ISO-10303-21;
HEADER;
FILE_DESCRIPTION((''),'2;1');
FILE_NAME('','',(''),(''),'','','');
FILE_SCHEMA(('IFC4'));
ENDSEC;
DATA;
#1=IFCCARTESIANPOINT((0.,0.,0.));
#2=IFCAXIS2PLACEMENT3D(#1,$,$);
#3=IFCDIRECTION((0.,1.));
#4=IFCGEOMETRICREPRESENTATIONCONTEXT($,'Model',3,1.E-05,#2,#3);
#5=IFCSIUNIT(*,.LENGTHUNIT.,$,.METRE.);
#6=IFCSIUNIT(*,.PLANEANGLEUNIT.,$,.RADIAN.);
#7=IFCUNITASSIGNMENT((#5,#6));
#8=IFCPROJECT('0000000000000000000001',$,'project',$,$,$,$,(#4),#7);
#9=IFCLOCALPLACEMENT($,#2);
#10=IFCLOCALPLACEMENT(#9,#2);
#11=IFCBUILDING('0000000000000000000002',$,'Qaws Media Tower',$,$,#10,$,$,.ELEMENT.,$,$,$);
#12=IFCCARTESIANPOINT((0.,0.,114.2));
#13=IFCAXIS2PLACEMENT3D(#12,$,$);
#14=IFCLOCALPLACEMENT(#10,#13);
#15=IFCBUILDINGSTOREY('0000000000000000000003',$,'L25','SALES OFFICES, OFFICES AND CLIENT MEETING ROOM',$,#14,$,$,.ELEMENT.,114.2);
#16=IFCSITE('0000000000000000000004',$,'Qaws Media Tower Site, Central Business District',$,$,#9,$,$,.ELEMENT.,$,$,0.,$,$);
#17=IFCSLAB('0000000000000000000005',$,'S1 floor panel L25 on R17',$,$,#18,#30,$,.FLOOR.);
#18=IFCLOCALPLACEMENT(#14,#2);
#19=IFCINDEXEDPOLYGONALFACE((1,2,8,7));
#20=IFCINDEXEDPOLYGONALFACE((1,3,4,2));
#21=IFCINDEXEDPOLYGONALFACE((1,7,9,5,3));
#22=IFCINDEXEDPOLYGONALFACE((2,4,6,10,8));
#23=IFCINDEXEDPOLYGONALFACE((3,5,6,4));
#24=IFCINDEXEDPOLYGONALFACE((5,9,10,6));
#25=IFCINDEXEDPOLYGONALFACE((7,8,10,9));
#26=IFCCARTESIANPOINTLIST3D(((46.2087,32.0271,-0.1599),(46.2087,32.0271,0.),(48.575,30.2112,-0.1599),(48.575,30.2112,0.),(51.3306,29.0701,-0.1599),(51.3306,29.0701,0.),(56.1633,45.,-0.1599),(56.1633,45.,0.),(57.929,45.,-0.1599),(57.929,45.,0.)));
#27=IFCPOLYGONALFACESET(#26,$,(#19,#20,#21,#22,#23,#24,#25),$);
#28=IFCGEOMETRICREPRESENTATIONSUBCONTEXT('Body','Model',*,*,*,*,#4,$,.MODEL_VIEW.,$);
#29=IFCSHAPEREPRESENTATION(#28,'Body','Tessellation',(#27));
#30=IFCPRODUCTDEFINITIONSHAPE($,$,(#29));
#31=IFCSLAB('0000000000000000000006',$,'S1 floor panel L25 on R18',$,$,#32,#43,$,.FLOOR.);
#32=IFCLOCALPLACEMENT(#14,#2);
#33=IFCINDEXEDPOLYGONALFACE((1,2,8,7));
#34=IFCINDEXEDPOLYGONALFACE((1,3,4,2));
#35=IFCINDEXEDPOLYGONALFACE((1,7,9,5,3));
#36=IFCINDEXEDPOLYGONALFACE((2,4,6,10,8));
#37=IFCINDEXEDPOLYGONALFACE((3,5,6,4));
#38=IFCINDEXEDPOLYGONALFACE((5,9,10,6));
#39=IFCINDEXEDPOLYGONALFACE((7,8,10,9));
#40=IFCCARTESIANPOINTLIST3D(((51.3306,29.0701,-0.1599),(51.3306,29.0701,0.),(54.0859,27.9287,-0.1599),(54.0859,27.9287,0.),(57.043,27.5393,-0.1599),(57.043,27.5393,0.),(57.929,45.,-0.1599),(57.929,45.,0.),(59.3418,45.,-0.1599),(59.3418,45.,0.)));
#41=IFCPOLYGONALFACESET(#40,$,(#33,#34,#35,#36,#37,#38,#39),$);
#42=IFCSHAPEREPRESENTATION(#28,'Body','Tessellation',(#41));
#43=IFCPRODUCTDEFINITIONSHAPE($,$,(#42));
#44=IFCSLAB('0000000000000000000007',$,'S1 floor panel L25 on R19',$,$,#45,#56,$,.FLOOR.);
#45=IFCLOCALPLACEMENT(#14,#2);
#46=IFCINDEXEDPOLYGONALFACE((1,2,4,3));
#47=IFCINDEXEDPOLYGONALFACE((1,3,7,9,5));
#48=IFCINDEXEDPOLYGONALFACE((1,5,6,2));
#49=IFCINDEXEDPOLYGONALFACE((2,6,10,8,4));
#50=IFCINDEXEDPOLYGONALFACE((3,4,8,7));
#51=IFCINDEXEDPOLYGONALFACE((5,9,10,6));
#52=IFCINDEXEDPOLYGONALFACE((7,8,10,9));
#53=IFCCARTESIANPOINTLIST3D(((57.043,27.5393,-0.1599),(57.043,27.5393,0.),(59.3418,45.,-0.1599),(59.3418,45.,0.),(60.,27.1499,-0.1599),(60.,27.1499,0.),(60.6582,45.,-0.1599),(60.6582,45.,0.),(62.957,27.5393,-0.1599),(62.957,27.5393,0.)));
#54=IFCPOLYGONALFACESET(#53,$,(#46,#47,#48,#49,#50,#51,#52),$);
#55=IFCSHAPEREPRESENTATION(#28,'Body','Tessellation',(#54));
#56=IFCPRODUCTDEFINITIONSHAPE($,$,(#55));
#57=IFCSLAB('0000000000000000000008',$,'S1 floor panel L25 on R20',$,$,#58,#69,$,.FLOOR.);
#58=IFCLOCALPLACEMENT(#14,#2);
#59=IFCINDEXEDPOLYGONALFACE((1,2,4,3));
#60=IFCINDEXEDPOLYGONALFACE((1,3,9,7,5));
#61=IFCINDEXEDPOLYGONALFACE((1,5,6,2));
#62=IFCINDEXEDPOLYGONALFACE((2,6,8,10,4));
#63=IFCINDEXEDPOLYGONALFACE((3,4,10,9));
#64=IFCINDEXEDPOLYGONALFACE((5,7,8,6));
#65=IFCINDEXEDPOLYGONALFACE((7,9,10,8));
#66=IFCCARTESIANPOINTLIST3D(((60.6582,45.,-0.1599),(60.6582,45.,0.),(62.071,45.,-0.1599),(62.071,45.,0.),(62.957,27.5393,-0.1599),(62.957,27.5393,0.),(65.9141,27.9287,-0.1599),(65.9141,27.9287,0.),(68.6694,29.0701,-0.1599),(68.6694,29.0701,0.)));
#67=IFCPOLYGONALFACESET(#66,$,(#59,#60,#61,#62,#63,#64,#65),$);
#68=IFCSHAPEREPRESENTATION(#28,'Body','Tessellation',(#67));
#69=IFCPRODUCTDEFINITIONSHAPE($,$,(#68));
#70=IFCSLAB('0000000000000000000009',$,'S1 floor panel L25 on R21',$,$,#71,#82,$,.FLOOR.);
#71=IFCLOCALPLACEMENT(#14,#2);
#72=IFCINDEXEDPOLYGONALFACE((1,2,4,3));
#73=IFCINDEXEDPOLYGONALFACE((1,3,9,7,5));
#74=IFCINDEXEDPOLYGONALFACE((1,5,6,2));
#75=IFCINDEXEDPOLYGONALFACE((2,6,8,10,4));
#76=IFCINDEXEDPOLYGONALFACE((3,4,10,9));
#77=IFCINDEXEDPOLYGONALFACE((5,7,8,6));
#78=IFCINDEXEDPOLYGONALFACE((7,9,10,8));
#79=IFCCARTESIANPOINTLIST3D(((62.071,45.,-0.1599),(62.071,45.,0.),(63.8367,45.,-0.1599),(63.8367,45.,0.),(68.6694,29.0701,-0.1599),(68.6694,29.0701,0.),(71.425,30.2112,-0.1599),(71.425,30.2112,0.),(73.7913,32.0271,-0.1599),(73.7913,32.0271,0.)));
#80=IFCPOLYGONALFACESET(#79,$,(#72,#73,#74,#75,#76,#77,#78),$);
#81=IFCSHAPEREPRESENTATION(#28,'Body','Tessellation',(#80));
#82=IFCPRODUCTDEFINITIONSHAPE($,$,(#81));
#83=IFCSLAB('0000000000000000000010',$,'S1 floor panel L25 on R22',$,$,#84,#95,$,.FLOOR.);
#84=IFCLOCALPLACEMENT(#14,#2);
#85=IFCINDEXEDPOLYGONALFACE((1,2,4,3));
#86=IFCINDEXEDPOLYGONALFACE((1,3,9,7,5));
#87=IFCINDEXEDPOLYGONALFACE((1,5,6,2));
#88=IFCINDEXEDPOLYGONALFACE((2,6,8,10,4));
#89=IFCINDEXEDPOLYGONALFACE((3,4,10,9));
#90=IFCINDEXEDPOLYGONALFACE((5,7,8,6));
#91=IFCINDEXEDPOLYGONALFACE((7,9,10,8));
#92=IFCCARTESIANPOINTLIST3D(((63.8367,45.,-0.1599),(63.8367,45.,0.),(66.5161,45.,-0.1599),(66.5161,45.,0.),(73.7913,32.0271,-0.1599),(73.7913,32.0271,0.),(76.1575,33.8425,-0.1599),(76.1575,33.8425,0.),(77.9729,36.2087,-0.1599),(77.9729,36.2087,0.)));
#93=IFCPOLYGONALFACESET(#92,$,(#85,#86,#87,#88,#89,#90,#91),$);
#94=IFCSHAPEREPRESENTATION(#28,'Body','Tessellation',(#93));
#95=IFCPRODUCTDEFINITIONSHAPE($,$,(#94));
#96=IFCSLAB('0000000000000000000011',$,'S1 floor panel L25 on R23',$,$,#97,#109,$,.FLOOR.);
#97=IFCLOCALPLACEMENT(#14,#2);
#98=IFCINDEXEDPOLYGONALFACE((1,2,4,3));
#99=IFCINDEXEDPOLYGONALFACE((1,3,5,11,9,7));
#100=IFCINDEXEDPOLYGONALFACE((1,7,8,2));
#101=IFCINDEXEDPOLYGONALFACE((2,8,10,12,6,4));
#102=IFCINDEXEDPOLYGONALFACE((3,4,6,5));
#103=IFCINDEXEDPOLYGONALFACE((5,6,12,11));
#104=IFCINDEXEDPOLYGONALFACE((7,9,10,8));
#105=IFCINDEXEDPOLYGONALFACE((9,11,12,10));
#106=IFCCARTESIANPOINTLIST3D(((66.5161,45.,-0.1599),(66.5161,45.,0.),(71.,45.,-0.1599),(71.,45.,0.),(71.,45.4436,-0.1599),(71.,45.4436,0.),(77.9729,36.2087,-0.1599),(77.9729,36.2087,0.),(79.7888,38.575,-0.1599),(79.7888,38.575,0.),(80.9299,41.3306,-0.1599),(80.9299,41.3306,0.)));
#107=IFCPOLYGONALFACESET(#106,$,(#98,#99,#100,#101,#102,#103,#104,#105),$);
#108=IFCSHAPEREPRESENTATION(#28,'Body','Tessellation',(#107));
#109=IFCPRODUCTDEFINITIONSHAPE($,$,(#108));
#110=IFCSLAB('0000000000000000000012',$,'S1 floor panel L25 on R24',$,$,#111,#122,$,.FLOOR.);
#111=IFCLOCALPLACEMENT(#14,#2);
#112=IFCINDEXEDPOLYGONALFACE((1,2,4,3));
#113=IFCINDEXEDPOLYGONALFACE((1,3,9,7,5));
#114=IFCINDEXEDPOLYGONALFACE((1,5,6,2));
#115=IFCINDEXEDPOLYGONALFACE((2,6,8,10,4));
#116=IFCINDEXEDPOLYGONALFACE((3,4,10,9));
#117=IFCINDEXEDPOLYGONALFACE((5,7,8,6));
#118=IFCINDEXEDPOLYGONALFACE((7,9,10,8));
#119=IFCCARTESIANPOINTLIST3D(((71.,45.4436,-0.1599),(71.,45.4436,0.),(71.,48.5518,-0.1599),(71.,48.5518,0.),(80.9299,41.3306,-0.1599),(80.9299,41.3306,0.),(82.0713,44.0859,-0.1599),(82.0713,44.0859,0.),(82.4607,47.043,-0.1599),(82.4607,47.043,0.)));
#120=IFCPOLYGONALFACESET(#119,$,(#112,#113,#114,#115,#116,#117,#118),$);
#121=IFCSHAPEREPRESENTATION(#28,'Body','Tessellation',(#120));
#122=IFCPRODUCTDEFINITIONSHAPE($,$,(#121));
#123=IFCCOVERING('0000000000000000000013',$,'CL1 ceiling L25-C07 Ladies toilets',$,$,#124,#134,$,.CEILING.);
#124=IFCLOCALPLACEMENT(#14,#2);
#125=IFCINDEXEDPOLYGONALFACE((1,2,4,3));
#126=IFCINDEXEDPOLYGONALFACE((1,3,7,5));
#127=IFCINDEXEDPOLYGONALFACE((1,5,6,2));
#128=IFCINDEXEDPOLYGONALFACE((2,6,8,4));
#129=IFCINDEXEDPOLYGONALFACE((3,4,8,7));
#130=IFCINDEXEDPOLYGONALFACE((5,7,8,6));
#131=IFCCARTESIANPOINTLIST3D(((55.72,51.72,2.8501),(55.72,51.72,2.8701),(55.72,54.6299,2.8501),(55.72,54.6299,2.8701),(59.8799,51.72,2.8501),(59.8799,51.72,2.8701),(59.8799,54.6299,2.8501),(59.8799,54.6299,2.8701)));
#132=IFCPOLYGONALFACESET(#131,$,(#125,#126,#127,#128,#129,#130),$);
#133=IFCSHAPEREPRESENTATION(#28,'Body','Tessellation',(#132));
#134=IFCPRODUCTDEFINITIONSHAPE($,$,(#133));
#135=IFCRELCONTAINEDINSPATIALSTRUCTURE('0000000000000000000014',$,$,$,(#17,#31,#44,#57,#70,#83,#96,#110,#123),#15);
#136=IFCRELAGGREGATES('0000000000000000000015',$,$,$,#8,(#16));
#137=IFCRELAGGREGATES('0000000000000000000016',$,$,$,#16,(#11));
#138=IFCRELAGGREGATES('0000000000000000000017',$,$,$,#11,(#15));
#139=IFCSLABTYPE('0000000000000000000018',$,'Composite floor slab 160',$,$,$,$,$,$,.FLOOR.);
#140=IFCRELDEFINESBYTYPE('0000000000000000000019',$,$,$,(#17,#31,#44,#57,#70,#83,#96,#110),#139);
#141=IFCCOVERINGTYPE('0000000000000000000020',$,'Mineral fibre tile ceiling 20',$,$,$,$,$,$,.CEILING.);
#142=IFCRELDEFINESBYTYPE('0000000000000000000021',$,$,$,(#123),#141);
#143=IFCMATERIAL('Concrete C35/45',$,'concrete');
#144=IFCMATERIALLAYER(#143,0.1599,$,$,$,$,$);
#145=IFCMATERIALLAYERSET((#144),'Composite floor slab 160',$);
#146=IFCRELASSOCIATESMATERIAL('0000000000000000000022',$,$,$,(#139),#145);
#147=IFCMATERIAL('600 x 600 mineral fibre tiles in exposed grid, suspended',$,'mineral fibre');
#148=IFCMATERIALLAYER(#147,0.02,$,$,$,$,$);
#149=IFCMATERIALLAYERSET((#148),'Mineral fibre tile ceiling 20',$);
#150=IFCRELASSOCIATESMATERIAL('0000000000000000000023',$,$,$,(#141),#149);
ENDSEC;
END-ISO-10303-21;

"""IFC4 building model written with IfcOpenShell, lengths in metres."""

from ifc_helpers import new_model, si_unit, direction, frame, origin, place, context, subcontext, project, spatial, polyline, outline, extrude, material, layer, layer_set, type_object, element, save


model = new_model("IFC4")

# Units and contexts
model_context = context("Model", 3, precision=1e-05, world=origin(), true_north=direction((0.0, 1.0)))
body_context = subcontext(model_context, "Body", "Model", "MODEL_VIEW")
ifc_project = project(units=[si_unit("LENGTHUNIT", "METRE"), si_unit("PLANEANGLEUNIT", "RADIAN")], contexts=[model_context])

# Site, building, storey
site_placement = place(None, origin())
site = spatial("IfcSite", under=ifc_project, at=site_placement, Name="Qaws Media Tower Site, Central Business District", CompositionType="ELEMENT", RefElevation=0.0)
building_placement = place(site_placement, origin())
building = spatial("IfcBuilding", under=site, at=building_placement, Name="Qaws Media Tower", CompositionType="ELEMENT")
storey_placement = place(building_placement, frame((0.0, 0.0, 114.2)))
storey = spatial("IfcBuildingStorey", under=building, at=storey_placement, Name="L25", Description="SALES OFFICES, OFFICES AND CLIENT MEETING ROOM", CompositionType="ELEMENT", Elevation=114.2)

# Slabs
ifc_material_1 = material(Name="Concrete C35/45", Category="concrete")
ifc_layer_1 = layer(ifc_material_1, 0.1599)
ifc_layer_set_1 = layer_set([ifc_layer_1], Name="Composite floor slab 160")
slab_type_1 = type_object("IfcSlabType", Name="Composite floor slab 160", PredefinedType="FLOOR", material=ifc_layer_set_1)
slab_1_placement = place(storey_placement, frame((0.0, 0.0, -0.1599)))
element("IfcSlab", 1, at=slab_1_placement, inside=storey, type_object=slab_type_1, Name="S1 floor panel L25 on R17", PredefinedType="FLOOR", context=body_context, shape_type="SweptSolid", body=[
    extrude(outline(polyline([(48.575, 30.2112), (46.2087, 32.0271), (56.1633, 45.0), (57.929, 45.0), (51.3306, 29.0701), (48.575, 30.2112)])), origin(), (0.0, 0.0, 1.0), 0.1599),
])
slab_2_placement = place(storey_placement, frame((0.0, 0.0, -0.1599)))
element("IfcSlab", 2, at=slab_2_placement, inside=storey, type_object=slab_type_1, Name="S1 floor panel L25 on R18", PredefinedType="FLOOR", context=body_context, shape_type="SweptSolid", body=[
    extrude(outline(polyline([(54.0859, 27.9287), (51.3306, 29.0701), (57.929, 45.0), (59.3418, 45.0), (57.043, 27.5393), (54.0859, 27.9287)])), origin(), (0.0, 0.0, 1.0), 0.1599),
])
slab_3_placement = place(storey_placement, frame((0.0, 0.0, -0.1599)))
element("IfcSlab", 3, at=slab_3_placement, inside=storey, type_object=slab_type_1, Name="S1 floor panel L25 on R19", PredefinedType="FLOOR", context=body_context, shape_type="SweptSolid", body=[
    extrude(outline(polyline([(60.0, 27.1499), (57.043, 27.5393), (59.3418, 45.0), (60.6582, 45.0), (62.957, 27.5393), (60.0, 27.1499)])), origin(), (0.0, 0.0, 1.0), 0.1599),
])
slab_4_placement = place(storey_placement, frame((0.0, 0.0, -0.1599)))
element("IfcSlab", 4, at=slab_4_placement, inside=storey, type_object=slab_type_1, Name="S1 floor panel L25 on R20", PredefinedType="FLOOR", context=body_context, shape_type="SweptSolid", body=[
    extrude(outline(polyline([(65.9141, 27.9287), (62.957, 27.5393), (60.6582, 45.0), (62.071, 45.0), (68.6694, 29.0701), (65.9141, 27.9287)])), origin(), (0.0, 0.0, 1.0), 0.1599),
])
slab_5_placement = place(storey_placement, frame((0.0, 0.0, -0.1599)))
element("IfcSlab", 5, at=slab_5_placement, inside=storey, type_object=slab_type_1, Name="S1 floor panel L25 on R21", PredefinedType="FLOOR", context=body_context, shape_type="SweptSolid", body=[
    extrude(outline(polyline([(71.425, 30.2112), (68.6694, 29.0701), (62.071, 45.0), (63.8367, 45.0), (73.7913, 32.0271), (71.425, 30.2112)])), origin(), (0.0, 0.0, 1.0), 0.1599),
])
slab_6_placement = place(storey_placement, frame((0.0, 0.0, -0.1599)))
element("IfcSlab", 6, at=slab_6_placement, inside=storey, type_object=slab_type_1, Name="S1 floor panel L25 on R22", PredefinedType="FLOOR", context=body_context, shape_type="SweptSolid", body=[
    extrude(outline(polyline([(76.1575, 33.8425), (73.7913, 32.0271), (63.8367, 45.0), (66.5161, 45.0), (77.9729, 36.2087), (76.1575, 33.8425)])), origin(), (0.0, 0.0, 1.0), 0.1599),
])
slab_7_placement = place(storey_placement, frame((0.0, 0.0, -0.1599)))
element("IfcSlab", 7, at=slab_7_placement, inside=storey, type_object=slab_type_1, Name="S1 floor panel L25 on R23", PredefinedType="FLOOR", context=body_context, shape_type="SweptSolid", body=[
    extrude(outline(polyline([(79.7888, 38.575), (77.9729, 36.2087), (66.5161, 45.0), (71.0, 45.0), (71.0, 45.4436), (80.9299, 41.3306), (79.7888, 38.575)])), origin(), (0.0, 0.0, 1.0), 0.1599),
])
slab_8_placement = place(storey_placement, frame((0.0, 0.0, -0.1599)))
element("IfcSlab", 8, at=slab_8_placement, inside=storey, type_object=slab_type_1, Name="S1 floor panel L25 on R24", PredefinedType="FLOOR", context=body_context, shape_type="SweptSolid", body=[
    extrude(outline(polyline([(80.9299, 41.3306), (71.0, 45.4436), (71.0, 48.5518), (82.4607, 47.043), (82.0713, 44.0859), (80.9299, 41.3306)])), origin(), (0.0, 0.0, 1.0), 0.1599),
])

# Covering
ifc_material_2 = material(Name="600 x 600 mineral fibre tiles in exposed grid, suspended", Category="mineral fibre")
ifc_layer_2 = layer(ifc_material_2, 0.02)
ifc_layer_set_2 = layer_set([ifc_layer_2], Name="Mineral fibre tile ceiling 20")
covering_type = type_object("IfcCoveringType", Name="Mineral fibre tile ceiling 20", PredefinedType="CEILING", material=ifc_layer_set_2)
covering_placement = place(storey_placement, frame((0.0, 0.0, 2.8501)))
element("IfcCovering", 9, at=covering_placement, inside=storey, type_object=covering_type, Name="CL1 ceiling L25-C07 Ladies toilets", PredefinedType="CEILING", context=body_context, shape_type="SweptSolid", body=[
    extrude(outline(polyline([(55.72, 51.72), (55.72, 54.6299), (59.8799, 54.6299), (59.8799, 51.72), (55.72, 51.72)])), origin(), (0.0, 0.0, 1.0), 0.02),
])

save(model, "model.ifc")
